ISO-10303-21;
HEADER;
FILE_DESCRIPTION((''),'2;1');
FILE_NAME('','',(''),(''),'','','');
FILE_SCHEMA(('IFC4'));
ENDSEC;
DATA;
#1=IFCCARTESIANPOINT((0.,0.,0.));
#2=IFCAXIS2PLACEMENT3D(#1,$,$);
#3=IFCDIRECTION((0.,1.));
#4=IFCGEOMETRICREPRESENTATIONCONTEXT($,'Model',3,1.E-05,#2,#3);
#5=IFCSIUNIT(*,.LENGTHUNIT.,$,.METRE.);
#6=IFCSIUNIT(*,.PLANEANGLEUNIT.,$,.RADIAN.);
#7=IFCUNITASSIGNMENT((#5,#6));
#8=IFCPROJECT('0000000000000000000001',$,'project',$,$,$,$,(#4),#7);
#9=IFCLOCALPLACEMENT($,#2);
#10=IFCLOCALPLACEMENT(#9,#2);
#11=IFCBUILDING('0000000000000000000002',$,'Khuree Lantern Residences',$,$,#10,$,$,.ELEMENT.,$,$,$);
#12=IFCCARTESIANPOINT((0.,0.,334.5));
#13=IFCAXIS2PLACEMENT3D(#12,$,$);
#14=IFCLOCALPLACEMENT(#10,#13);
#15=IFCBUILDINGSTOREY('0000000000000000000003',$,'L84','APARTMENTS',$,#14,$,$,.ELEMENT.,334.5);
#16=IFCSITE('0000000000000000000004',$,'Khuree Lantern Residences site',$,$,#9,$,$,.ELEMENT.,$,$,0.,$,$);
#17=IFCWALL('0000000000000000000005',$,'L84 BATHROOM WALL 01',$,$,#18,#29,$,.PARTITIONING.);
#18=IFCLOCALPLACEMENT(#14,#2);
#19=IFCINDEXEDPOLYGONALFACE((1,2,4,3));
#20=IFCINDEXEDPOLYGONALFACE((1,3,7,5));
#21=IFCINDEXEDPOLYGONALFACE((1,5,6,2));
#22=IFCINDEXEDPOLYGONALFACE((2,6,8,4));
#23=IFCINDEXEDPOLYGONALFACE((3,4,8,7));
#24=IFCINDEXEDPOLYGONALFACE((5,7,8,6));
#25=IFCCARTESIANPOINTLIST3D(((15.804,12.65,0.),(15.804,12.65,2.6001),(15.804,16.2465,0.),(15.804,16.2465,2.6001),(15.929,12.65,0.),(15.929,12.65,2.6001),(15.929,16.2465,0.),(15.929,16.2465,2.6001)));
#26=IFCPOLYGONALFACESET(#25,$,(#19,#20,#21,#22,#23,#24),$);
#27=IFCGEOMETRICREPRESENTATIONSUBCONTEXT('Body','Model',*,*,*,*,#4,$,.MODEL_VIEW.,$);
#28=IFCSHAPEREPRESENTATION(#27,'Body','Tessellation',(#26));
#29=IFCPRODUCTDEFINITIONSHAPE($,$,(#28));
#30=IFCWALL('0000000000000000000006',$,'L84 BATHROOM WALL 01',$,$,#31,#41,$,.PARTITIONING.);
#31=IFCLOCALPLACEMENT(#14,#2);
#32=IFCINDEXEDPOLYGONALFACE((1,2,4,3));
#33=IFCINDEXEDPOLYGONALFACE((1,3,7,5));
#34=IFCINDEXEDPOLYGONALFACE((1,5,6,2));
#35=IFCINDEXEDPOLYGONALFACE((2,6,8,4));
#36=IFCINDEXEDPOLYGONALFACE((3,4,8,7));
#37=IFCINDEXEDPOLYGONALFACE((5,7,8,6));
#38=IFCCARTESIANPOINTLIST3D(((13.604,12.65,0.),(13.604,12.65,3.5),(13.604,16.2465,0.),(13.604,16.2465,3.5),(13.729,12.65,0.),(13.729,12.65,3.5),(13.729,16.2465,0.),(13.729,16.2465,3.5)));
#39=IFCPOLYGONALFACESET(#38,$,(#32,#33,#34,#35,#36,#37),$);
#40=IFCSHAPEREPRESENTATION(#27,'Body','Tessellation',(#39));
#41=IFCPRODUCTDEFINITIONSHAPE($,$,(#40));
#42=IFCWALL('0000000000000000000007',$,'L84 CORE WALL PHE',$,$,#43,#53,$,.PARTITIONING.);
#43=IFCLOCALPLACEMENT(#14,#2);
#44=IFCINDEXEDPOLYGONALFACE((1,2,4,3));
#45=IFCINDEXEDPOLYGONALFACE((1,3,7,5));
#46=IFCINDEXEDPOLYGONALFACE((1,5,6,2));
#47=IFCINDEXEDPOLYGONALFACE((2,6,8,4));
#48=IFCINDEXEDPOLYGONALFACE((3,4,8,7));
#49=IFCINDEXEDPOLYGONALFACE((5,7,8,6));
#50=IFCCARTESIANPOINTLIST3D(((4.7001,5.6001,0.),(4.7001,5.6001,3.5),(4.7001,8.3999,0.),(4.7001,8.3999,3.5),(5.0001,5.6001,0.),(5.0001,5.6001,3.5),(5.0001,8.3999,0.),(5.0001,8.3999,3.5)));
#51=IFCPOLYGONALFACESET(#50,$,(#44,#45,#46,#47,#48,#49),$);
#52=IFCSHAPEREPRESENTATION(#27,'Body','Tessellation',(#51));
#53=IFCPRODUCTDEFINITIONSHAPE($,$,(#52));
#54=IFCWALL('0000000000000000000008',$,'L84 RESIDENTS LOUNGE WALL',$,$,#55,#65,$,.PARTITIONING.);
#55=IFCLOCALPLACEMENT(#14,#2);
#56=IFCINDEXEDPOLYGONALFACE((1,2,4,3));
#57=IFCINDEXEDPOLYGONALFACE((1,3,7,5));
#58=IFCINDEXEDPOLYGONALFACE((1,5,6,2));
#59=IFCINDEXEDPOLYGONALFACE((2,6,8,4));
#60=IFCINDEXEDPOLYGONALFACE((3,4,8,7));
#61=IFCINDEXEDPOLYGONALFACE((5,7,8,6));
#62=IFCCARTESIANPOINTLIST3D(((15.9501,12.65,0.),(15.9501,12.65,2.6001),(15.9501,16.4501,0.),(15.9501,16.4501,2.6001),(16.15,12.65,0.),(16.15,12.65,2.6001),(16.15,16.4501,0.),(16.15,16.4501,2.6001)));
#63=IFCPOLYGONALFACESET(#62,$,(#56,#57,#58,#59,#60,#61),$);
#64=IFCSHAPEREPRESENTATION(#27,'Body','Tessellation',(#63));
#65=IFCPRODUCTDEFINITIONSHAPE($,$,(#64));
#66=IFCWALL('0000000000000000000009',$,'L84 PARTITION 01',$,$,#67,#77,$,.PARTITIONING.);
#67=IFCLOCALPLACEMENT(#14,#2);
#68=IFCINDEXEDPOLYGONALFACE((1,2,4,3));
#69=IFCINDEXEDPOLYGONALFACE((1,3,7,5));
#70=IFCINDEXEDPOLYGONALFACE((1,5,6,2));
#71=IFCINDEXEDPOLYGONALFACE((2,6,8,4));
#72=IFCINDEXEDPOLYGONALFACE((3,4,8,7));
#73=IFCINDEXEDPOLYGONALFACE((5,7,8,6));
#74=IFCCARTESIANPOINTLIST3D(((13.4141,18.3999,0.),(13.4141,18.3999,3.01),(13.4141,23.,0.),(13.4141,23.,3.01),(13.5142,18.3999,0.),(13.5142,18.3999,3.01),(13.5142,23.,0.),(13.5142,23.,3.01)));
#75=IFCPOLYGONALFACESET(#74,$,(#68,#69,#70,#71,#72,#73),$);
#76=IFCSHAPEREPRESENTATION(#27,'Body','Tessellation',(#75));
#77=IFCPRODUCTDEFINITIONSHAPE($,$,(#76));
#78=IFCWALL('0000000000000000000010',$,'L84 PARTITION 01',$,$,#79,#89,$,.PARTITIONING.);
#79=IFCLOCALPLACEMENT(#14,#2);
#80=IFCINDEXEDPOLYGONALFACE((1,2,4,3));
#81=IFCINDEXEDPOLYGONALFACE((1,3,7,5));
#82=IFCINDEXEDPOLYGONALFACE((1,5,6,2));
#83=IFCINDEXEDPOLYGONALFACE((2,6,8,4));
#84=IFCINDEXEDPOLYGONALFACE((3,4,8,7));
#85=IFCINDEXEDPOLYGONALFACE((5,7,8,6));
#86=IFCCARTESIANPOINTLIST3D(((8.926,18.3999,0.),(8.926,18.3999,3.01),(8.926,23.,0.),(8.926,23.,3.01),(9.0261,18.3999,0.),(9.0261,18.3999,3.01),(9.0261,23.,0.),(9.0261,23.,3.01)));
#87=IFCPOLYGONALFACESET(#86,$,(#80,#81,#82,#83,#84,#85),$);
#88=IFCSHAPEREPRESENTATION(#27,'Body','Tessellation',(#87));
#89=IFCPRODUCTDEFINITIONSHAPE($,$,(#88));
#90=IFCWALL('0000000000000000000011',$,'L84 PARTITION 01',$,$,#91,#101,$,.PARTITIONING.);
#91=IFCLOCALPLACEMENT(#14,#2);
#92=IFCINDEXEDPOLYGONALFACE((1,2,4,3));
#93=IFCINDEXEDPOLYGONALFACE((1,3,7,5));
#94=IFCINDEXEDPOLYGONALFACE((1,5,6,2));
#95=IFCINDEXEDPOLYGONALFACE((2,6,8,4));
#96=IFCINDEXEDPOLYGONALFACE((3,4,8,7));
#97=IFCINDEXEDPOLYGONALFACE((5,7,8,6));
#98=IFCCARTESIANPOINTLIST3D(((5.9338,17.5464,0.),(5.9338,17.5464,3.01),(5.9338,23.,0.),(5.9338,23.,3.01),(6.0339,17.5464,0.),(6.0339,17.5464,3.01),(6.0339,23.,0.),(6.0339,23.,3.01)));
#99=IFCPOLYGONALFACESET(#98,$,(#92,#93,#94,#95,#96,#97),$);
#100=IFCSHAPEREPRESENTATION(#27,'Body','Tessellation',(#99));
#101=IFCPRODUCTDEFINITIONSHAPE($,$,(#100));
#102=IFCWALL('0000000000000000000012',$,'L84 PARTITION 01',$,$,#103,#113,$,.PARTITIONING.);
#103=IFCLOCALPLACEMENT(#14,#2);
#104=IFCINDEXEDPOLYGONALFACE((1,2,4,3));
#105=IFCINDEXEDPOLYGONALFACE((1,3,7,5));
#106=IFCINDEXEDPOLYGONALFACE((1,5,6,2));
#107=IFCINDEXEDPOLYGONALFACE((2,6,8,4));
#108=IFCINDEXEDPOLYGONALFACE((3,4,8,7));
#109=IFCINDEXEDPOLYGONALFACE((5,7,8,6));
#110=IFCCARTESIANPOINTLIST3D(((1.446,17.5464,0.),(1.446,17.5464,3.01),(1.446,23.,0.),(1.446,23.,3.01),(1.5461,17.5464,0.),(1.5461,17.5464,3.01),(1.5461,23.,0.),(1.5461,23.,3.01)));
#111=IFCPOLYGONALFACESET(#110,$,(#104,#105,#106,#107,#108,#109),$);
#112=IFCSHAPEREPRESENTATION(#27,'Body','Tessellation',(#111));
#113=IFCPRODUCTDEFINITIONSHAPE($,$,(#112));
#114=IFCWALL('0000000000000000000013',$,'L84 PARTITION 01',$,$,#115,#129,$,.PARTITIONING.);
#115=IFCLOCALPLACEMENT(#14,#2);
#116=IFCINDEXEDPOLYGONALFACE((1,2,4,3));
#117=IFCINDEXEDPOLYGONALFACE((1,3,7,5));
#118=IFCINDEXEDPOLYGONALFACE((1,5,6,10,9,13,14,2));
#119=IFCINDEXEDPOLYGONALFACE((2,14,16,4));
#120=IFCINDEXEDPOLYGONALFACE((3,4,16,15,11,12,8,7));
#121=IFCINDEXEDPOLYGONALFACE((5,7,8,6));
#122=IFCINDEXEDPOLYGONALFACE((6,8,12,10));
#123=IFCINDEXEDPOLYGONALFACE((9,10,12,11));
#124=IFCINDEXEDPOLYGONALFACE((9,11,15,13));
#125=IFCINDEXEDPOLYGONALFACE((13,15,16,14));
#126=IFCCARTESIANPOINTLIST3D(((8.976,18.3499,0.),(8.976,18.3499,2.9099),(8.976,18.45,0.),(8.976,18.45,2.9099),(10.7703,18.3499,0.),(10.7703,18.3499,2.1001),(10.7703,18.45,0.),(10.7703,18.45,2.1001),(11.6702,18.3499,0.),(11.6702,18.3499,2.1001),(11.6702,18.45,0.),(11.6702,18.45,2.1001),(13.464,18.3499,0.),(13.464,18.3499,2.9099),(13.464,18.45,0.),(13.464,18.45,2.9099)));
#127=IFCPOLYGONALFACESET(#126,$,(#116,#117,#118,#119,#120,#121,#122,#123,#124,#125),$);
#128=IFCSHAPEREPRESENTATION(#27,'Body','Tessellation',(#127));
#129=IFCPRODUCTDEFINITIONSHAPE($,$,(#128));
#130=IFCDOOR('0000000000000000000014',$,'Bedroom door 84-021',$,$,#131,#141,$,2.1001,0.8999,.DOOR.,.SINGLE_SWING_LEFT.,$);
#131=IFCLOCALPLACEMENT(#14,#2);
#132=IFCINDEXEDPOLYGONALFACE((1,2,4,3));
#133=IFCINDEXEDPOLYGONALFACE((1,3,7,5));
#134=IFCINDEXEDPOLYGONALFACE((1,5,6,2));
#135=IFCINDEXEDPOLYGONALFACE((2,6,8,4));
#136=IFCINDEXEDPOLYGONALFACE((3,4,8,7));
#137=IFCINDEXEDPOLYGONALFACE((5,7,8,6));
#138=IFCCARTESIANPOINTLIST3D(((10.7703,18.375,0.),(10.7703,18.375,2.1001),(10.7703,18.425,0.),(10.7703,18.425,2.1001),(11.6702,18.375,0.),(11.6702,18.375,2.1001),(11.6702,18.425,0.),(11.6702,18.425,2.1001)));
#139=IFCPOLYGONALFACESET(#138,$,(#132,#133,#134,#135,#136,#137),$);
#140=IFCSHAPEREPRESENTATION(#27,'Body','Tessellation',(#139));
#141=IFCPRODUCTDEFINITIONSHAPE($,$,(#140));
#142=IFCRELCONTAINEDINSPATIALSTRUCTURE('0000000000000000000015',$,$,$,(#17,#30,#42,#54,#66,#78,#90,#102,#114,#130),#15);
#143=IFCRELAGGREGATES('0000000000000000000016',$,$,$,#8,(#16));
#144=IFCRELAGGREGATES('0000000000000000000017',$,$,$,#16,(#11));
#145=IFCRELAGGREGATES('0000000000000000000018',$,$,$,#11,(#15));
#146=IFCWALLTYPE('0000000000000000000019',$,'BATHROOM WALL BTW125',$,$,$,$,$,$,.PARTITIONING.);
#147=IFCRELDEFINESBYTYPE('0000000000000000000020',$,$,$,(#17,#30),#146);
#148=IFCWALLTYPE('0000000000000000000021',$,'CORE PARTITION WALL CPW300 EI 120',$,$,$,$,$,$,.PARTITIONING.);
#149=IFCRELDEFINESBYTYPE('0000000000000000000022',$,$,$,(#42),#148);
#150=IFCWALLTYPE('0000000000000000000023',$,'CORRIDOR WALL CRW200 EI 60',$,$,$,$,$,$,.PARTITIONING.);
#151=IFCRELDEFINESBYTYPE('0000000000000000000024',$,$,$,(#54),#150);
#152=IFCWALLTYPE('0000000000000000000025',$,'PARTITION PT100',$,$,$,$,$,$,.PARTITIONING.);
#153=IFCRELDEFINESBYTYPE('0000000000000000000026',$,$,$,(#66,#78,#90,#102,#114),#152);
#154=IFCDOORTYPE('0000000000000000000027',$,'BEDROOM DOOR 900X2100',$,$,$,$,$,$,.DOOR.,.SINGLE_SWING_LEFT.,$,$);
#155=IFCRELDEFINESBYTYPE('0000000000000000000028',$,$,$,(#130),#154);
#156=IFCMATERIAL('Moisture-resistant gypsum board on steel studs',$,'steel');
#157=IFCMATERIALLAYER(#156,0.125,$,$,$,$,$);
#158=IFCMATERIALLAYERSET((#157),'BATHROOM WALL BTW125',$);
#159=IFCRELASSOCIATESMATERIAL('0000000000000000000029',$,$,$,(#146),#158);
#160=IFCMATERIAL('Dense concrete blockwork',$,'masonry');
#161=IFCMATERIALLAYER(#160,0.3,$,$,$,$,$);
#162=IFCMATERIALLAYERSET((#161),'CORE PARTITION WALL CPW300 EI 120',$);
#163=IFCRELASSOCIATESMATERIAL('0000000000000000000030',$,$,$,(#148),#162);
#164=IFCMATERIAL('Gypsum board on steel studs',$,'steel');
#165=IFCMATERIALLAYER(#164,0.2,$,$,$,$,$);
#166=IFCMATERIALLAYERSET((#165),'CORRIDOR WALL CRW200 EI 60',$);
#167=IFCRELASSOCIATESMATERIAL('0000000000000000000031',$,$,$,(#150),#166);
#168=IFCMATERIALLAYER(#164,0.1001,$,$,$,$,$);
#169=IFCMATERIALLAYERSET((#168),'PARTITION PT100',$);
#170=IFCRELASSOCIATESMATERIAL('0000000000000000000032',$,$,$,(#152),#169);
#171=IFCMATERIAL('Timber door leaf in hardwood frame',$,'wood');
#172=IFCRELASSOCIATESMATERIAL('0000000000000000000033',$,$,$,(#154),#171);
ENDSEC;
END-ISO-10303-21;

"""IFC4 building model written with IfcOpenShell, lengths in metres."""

from ifc_helpers import new_model, si_unit, direction, frame, frame_2d, origin, place, context, subcontext, project, spatial, rectangle, extrude, material, layer, layer_set, type_object, element, fill, save


model = new_model("IFC4")

# Units and contexts
model_context = context("Model", 3, precision=1e-05, world=origin(), true_north=direction((0.0, 1.0)))
body_context = subcontext(model_context, "Body", "Model", "MODEL_VIEW")
ifc_project = project(units=[si_unit("LENGTHUNIT", "METRE"), si_unit("PLANEANGLEUNIT", "RADIAN")], contexts=[model_context])

# Site, building, storey
site_placement = place(None, origin())
site = spatial("IfcSite", under=ifc_project, at=site_placement, Name="Khuree Lantern Residences site", CompositionType="ELEMENT", RefElevation=0.0)
building_placement = place(site_placement, origin())
building = spatial("IfcBuilding", under=site, at=building_placement, Name="Khuree Lantern Residences", CompositionType="ELEMENT")
storey_placement = place(building_placement, frame((0.0, 0.0, 334.5)))
storey = spatial("IfcBuildingStorey", under=building, at=storey_placement, Name="L84", Description="APARTMENTS", CompositionType="ELEMENT", Elevation=334.5)

# Shared definitions
ifc_material_1 = material(Name="Moisture-resistant gypsum board on steel studs", Category="steel")
ifc_layer_1 = layer(ifc_material_1, 0.125)
ifc_layer_set_1 = layer_set([ifc_layer_1], Name="BATHROOM WALL BTW125")
wall_type_1 = type_object("IfcWallType", Name="BATHROOM WALL BTW125", PredefinedType="PARTITIONING", material=ifc_layer_set_1)

# Shared definitions
ifc_material_2 = material(Name="Timber door leaf in hardwood frame", Category="wood")

# Walls
wall_1_placement = place(storey_placement, frame((15.8665, 12.6499, 0.0), z_axis=(0.0, 0.0, 1.0), x_axis=(0.0, 1.0, 0.0)))
element("IfcWall", 1, at=wall_1_placement, inside=storey, type_object=wall_type_1, Name="L84 BATHROOM WALL 01", PredefinedType="PARTITIONING", context=body_context, shape_type="SweptSolid", body=[
    extrude(rectangle(XDim=3.5964, YDim=0.125, at=frame_2d((1.7983, 0.0))), origin(), (0.0, 0.0, 1.0), 2.6001),
])
wall_2_placement = place(storey_placement, frame((13.6665, 12.6499, 0.0), z_axis=(0.0, 0.0, 1.0), x_axis=(0.0, 1.0, 0.0)))
element("IfcWall", 2, at=wall_2_placement, inside=storey, type_object=wall_type_1, Name="L84 BATHROOM WALL 01", PredefinedType="PARTITIONING", context=body_context, shape_type="SweptSolid", body=[
    extrude(rectangle(XDim=3.5964, YDim=0.125, at=frame_2d((1.7983, 0.0))), origin(), (0.0, 0.0, 1.0), 3.5),
])
ifc_material_3 = material(Name="Dense concrete blockwork", Category="masonry")
ifc_layer_2 = layer(ifc_material_3, 0.3)
ifc_layer_set_2 = layer_set([ifc_layer_2], Name="CORE PARTITION WALL CPW300 EI 120")
wall_type_2 = type_object("IfcWallType", Name="CORE PARTITION WALL CPW300 EI 120", PredefinedType="PARTITIONING", material=ifc_layer_set_2)
wall_3_placement = place(storey_placement, frame((4.8501, 5.6001, 0.0), z_axis=(0.0, 0.0, 1.0), x_axis=(0.0, 1.0, 0.0)))
element("IfcWall", 3, at=wall_3_placement, inside=storey, type_object=wall_type_2, Name="L84 CORE WALL PHE", PredefinedType="PARTITIONING", context=body_context, shape_type="SweptSolid", body=[
    extrude(rectangle(XDim=2.7998, YDim=0.3, at=frame_2d((1.3999, 0.0))), origin(), (0.0, 0.0, 1.0), 3.5),
])
ifc_material_4 = material(Name="Gypsum board on steel studs", Category="steel")
ifc_layer_3 = layer(ifc_material_4, 0.2)
ifc_layer_set_3 = layer_set([ifc_layer_3], Name="CORRIDOR WALL CRW200 EI 60")
wall_type_3 = type_object("IfcWallType", Name="CORRIDOR WALL CRW200 EI 60", PredefinedType="PARTITIONING", material=ifc_layer_set_3)
wall_4_placement = place(storey_placement, frame((16.05, 16.45, 0.0), z_axis=(0.0, 0.0, 1.0), x_axis=(0.0, -1.0, 0.0)))
element("IfcWall", 4, at=wall_4_placement, inside=storey, type_object=wall_type_3, Name="L84 RESIDENTS LOUNGE WALL", PredefinedType="PARTITIONING", context=body_context, shape_type="SweptSolid", body=[
    extrude(rectangle(XDim=3.8, YDim=0.2, at=frame_2d((1.8999, 0.0))), origin(), (0.0, 0.0, 1.0), 2.6001),
])
ifc_layer_4 = layer(ifc_material_4, 0.1001)
ifc_layer_set_4 = layer_set([ifc_layer_4], Name="PARTITION PT100")
wall_type_4 = type_object("IfcWallType", Name="PARTITION PT100", PredefinedType="PARTITIONING", material=ifc_layer_set_4)
for number, where, z_axis, x_axis, name in (
    (5, (13.4641, 18.3999, 0.0), (0.0, 0.0, 1.0), (0.0, 1.0, 0.0), "L84 PARTITION 01"),
    (6, (8.9761, 18.3999, 0.0), (0.0, 0.0, 1.0), (0.0, 1.0, 0.0), "L84 PARTITION 01"),
):
    element("IfcWall", number, at=place(storey_placement, frame(where, z_axis=z_axis, x_axis=x_axis)), inside=storey, type_object=wall_type_4, Name=name, PredefinedType="PARTITIONING", context=body_context, shape_type="SweptSolid", body=[
        extrude(rectangle(XDim=4.6001, YDim=0.1001, at=frame_2d((2.3, 0.0))), origin(), (0.0, 0.0, 1.0), 3.01),
    ])
for number, where, z_axis, x_axis, name in (
    (7, (5.9839, 17.5464, 0.0), (0.0, 0.0, 1.0), (0.0, 1.0, 0.0), "L84 PARTITION 01"),
    (8, (1.4961, 17.5464, 0.0), (0.0, 0.0, 1.0), (0.0, 1.0, 0.0), "L84 PARTITION 01"),
):
    element("IfcWall", number, at=place(storey_placement, frame(where, z_axis=z_axis, x_axis=x_axis)), inside=storey, type_object=wall_type_4, Name=name, PredefinedType="PARTITIONING", context=body_context, shape_type="SweptSolid", body=[
        extrude(rectangle(XDim=5.4536, YDim=0.1001, at=frame_2d((2.7268, 0.0))), origin(), (0.0, 0.0, 1.0), 3.01),
    ])

# Wall, opening, door
wall_5_placement = place(storey_placement, frame((13.4641, 18.3999, 0.0), z_axis=(0.0, 0.0, 1.0), x_axis=(-1.0, 0.0, 0.0)))
wall_5 = element("IfcWall", 9, at=wall_5_placement, inside=storey, type_object=wall_type_4, Name="L84 PARTITION 01", PredefinedType="PARTITIONING", context=body_context, shape_type="SweptSolid", body=[
    extrude(rectangle(XDim=4.488, YDim=0.1001, at=frame_2d((2.2441, 0.0))), origin(), (0.0, 0.0, 1.0), 2.9099),
])
opening_1_placement = place(wall_5_placement, frame((1.7939, 0.0, 0.0)))
opening_1 = element("IfcOpeningElement", 10, at=opening_1_placement, cuts=wall_5, PredefinedType="OPENING", context=body_context, shape_type="SweptSolid", body=[
    extrude(rectangle(XDim=0.8999, YDim=2.1001, at=frame_2d((0.45, 1.05))), frame((0.0, 0.0601, 0.0), z_axis=(0.0, -1.0, 0.0), x_axis=(1.0, 0.0, 0.0)), (0.0, 0.0, 1.0), 0.1201),
])
door_type_1 = type_object("IfcDoorType", Name="BEDROOM DOOR 900X2100", OperationType="SINGLE_SWING_LEFT", PredefinedType="DOOR", material=ifc_material_2)
door_1_placement = place(opening_1_placement, origin())
door_1 = element("IfcDoor", 11, at=door_1_placement, inside=storey, type_object=door_type_1, Name="Bedroom door 84-021", OperationType="SINGLE_SWING_LEFT", OverallHeight=2.1001, OverallWidth=0.8999, PredefinedType="DOOR", context=body_context, shape_type="SweptSolid", body=[
    extrude(rectangle(XDim=0.8999, YDim=2.1001, at=frame_2d((0.45, 1.05))), frame((0.0, 0.0249, 0.0), z_axis=(0.0, -1.0, 0.0), x_axis=(1.0, 0.0, 0.0)), (0.0, 0.0, 1.0), 0.05),
])
fill(opening_1, door_1)

save(model, "model.ifc")
